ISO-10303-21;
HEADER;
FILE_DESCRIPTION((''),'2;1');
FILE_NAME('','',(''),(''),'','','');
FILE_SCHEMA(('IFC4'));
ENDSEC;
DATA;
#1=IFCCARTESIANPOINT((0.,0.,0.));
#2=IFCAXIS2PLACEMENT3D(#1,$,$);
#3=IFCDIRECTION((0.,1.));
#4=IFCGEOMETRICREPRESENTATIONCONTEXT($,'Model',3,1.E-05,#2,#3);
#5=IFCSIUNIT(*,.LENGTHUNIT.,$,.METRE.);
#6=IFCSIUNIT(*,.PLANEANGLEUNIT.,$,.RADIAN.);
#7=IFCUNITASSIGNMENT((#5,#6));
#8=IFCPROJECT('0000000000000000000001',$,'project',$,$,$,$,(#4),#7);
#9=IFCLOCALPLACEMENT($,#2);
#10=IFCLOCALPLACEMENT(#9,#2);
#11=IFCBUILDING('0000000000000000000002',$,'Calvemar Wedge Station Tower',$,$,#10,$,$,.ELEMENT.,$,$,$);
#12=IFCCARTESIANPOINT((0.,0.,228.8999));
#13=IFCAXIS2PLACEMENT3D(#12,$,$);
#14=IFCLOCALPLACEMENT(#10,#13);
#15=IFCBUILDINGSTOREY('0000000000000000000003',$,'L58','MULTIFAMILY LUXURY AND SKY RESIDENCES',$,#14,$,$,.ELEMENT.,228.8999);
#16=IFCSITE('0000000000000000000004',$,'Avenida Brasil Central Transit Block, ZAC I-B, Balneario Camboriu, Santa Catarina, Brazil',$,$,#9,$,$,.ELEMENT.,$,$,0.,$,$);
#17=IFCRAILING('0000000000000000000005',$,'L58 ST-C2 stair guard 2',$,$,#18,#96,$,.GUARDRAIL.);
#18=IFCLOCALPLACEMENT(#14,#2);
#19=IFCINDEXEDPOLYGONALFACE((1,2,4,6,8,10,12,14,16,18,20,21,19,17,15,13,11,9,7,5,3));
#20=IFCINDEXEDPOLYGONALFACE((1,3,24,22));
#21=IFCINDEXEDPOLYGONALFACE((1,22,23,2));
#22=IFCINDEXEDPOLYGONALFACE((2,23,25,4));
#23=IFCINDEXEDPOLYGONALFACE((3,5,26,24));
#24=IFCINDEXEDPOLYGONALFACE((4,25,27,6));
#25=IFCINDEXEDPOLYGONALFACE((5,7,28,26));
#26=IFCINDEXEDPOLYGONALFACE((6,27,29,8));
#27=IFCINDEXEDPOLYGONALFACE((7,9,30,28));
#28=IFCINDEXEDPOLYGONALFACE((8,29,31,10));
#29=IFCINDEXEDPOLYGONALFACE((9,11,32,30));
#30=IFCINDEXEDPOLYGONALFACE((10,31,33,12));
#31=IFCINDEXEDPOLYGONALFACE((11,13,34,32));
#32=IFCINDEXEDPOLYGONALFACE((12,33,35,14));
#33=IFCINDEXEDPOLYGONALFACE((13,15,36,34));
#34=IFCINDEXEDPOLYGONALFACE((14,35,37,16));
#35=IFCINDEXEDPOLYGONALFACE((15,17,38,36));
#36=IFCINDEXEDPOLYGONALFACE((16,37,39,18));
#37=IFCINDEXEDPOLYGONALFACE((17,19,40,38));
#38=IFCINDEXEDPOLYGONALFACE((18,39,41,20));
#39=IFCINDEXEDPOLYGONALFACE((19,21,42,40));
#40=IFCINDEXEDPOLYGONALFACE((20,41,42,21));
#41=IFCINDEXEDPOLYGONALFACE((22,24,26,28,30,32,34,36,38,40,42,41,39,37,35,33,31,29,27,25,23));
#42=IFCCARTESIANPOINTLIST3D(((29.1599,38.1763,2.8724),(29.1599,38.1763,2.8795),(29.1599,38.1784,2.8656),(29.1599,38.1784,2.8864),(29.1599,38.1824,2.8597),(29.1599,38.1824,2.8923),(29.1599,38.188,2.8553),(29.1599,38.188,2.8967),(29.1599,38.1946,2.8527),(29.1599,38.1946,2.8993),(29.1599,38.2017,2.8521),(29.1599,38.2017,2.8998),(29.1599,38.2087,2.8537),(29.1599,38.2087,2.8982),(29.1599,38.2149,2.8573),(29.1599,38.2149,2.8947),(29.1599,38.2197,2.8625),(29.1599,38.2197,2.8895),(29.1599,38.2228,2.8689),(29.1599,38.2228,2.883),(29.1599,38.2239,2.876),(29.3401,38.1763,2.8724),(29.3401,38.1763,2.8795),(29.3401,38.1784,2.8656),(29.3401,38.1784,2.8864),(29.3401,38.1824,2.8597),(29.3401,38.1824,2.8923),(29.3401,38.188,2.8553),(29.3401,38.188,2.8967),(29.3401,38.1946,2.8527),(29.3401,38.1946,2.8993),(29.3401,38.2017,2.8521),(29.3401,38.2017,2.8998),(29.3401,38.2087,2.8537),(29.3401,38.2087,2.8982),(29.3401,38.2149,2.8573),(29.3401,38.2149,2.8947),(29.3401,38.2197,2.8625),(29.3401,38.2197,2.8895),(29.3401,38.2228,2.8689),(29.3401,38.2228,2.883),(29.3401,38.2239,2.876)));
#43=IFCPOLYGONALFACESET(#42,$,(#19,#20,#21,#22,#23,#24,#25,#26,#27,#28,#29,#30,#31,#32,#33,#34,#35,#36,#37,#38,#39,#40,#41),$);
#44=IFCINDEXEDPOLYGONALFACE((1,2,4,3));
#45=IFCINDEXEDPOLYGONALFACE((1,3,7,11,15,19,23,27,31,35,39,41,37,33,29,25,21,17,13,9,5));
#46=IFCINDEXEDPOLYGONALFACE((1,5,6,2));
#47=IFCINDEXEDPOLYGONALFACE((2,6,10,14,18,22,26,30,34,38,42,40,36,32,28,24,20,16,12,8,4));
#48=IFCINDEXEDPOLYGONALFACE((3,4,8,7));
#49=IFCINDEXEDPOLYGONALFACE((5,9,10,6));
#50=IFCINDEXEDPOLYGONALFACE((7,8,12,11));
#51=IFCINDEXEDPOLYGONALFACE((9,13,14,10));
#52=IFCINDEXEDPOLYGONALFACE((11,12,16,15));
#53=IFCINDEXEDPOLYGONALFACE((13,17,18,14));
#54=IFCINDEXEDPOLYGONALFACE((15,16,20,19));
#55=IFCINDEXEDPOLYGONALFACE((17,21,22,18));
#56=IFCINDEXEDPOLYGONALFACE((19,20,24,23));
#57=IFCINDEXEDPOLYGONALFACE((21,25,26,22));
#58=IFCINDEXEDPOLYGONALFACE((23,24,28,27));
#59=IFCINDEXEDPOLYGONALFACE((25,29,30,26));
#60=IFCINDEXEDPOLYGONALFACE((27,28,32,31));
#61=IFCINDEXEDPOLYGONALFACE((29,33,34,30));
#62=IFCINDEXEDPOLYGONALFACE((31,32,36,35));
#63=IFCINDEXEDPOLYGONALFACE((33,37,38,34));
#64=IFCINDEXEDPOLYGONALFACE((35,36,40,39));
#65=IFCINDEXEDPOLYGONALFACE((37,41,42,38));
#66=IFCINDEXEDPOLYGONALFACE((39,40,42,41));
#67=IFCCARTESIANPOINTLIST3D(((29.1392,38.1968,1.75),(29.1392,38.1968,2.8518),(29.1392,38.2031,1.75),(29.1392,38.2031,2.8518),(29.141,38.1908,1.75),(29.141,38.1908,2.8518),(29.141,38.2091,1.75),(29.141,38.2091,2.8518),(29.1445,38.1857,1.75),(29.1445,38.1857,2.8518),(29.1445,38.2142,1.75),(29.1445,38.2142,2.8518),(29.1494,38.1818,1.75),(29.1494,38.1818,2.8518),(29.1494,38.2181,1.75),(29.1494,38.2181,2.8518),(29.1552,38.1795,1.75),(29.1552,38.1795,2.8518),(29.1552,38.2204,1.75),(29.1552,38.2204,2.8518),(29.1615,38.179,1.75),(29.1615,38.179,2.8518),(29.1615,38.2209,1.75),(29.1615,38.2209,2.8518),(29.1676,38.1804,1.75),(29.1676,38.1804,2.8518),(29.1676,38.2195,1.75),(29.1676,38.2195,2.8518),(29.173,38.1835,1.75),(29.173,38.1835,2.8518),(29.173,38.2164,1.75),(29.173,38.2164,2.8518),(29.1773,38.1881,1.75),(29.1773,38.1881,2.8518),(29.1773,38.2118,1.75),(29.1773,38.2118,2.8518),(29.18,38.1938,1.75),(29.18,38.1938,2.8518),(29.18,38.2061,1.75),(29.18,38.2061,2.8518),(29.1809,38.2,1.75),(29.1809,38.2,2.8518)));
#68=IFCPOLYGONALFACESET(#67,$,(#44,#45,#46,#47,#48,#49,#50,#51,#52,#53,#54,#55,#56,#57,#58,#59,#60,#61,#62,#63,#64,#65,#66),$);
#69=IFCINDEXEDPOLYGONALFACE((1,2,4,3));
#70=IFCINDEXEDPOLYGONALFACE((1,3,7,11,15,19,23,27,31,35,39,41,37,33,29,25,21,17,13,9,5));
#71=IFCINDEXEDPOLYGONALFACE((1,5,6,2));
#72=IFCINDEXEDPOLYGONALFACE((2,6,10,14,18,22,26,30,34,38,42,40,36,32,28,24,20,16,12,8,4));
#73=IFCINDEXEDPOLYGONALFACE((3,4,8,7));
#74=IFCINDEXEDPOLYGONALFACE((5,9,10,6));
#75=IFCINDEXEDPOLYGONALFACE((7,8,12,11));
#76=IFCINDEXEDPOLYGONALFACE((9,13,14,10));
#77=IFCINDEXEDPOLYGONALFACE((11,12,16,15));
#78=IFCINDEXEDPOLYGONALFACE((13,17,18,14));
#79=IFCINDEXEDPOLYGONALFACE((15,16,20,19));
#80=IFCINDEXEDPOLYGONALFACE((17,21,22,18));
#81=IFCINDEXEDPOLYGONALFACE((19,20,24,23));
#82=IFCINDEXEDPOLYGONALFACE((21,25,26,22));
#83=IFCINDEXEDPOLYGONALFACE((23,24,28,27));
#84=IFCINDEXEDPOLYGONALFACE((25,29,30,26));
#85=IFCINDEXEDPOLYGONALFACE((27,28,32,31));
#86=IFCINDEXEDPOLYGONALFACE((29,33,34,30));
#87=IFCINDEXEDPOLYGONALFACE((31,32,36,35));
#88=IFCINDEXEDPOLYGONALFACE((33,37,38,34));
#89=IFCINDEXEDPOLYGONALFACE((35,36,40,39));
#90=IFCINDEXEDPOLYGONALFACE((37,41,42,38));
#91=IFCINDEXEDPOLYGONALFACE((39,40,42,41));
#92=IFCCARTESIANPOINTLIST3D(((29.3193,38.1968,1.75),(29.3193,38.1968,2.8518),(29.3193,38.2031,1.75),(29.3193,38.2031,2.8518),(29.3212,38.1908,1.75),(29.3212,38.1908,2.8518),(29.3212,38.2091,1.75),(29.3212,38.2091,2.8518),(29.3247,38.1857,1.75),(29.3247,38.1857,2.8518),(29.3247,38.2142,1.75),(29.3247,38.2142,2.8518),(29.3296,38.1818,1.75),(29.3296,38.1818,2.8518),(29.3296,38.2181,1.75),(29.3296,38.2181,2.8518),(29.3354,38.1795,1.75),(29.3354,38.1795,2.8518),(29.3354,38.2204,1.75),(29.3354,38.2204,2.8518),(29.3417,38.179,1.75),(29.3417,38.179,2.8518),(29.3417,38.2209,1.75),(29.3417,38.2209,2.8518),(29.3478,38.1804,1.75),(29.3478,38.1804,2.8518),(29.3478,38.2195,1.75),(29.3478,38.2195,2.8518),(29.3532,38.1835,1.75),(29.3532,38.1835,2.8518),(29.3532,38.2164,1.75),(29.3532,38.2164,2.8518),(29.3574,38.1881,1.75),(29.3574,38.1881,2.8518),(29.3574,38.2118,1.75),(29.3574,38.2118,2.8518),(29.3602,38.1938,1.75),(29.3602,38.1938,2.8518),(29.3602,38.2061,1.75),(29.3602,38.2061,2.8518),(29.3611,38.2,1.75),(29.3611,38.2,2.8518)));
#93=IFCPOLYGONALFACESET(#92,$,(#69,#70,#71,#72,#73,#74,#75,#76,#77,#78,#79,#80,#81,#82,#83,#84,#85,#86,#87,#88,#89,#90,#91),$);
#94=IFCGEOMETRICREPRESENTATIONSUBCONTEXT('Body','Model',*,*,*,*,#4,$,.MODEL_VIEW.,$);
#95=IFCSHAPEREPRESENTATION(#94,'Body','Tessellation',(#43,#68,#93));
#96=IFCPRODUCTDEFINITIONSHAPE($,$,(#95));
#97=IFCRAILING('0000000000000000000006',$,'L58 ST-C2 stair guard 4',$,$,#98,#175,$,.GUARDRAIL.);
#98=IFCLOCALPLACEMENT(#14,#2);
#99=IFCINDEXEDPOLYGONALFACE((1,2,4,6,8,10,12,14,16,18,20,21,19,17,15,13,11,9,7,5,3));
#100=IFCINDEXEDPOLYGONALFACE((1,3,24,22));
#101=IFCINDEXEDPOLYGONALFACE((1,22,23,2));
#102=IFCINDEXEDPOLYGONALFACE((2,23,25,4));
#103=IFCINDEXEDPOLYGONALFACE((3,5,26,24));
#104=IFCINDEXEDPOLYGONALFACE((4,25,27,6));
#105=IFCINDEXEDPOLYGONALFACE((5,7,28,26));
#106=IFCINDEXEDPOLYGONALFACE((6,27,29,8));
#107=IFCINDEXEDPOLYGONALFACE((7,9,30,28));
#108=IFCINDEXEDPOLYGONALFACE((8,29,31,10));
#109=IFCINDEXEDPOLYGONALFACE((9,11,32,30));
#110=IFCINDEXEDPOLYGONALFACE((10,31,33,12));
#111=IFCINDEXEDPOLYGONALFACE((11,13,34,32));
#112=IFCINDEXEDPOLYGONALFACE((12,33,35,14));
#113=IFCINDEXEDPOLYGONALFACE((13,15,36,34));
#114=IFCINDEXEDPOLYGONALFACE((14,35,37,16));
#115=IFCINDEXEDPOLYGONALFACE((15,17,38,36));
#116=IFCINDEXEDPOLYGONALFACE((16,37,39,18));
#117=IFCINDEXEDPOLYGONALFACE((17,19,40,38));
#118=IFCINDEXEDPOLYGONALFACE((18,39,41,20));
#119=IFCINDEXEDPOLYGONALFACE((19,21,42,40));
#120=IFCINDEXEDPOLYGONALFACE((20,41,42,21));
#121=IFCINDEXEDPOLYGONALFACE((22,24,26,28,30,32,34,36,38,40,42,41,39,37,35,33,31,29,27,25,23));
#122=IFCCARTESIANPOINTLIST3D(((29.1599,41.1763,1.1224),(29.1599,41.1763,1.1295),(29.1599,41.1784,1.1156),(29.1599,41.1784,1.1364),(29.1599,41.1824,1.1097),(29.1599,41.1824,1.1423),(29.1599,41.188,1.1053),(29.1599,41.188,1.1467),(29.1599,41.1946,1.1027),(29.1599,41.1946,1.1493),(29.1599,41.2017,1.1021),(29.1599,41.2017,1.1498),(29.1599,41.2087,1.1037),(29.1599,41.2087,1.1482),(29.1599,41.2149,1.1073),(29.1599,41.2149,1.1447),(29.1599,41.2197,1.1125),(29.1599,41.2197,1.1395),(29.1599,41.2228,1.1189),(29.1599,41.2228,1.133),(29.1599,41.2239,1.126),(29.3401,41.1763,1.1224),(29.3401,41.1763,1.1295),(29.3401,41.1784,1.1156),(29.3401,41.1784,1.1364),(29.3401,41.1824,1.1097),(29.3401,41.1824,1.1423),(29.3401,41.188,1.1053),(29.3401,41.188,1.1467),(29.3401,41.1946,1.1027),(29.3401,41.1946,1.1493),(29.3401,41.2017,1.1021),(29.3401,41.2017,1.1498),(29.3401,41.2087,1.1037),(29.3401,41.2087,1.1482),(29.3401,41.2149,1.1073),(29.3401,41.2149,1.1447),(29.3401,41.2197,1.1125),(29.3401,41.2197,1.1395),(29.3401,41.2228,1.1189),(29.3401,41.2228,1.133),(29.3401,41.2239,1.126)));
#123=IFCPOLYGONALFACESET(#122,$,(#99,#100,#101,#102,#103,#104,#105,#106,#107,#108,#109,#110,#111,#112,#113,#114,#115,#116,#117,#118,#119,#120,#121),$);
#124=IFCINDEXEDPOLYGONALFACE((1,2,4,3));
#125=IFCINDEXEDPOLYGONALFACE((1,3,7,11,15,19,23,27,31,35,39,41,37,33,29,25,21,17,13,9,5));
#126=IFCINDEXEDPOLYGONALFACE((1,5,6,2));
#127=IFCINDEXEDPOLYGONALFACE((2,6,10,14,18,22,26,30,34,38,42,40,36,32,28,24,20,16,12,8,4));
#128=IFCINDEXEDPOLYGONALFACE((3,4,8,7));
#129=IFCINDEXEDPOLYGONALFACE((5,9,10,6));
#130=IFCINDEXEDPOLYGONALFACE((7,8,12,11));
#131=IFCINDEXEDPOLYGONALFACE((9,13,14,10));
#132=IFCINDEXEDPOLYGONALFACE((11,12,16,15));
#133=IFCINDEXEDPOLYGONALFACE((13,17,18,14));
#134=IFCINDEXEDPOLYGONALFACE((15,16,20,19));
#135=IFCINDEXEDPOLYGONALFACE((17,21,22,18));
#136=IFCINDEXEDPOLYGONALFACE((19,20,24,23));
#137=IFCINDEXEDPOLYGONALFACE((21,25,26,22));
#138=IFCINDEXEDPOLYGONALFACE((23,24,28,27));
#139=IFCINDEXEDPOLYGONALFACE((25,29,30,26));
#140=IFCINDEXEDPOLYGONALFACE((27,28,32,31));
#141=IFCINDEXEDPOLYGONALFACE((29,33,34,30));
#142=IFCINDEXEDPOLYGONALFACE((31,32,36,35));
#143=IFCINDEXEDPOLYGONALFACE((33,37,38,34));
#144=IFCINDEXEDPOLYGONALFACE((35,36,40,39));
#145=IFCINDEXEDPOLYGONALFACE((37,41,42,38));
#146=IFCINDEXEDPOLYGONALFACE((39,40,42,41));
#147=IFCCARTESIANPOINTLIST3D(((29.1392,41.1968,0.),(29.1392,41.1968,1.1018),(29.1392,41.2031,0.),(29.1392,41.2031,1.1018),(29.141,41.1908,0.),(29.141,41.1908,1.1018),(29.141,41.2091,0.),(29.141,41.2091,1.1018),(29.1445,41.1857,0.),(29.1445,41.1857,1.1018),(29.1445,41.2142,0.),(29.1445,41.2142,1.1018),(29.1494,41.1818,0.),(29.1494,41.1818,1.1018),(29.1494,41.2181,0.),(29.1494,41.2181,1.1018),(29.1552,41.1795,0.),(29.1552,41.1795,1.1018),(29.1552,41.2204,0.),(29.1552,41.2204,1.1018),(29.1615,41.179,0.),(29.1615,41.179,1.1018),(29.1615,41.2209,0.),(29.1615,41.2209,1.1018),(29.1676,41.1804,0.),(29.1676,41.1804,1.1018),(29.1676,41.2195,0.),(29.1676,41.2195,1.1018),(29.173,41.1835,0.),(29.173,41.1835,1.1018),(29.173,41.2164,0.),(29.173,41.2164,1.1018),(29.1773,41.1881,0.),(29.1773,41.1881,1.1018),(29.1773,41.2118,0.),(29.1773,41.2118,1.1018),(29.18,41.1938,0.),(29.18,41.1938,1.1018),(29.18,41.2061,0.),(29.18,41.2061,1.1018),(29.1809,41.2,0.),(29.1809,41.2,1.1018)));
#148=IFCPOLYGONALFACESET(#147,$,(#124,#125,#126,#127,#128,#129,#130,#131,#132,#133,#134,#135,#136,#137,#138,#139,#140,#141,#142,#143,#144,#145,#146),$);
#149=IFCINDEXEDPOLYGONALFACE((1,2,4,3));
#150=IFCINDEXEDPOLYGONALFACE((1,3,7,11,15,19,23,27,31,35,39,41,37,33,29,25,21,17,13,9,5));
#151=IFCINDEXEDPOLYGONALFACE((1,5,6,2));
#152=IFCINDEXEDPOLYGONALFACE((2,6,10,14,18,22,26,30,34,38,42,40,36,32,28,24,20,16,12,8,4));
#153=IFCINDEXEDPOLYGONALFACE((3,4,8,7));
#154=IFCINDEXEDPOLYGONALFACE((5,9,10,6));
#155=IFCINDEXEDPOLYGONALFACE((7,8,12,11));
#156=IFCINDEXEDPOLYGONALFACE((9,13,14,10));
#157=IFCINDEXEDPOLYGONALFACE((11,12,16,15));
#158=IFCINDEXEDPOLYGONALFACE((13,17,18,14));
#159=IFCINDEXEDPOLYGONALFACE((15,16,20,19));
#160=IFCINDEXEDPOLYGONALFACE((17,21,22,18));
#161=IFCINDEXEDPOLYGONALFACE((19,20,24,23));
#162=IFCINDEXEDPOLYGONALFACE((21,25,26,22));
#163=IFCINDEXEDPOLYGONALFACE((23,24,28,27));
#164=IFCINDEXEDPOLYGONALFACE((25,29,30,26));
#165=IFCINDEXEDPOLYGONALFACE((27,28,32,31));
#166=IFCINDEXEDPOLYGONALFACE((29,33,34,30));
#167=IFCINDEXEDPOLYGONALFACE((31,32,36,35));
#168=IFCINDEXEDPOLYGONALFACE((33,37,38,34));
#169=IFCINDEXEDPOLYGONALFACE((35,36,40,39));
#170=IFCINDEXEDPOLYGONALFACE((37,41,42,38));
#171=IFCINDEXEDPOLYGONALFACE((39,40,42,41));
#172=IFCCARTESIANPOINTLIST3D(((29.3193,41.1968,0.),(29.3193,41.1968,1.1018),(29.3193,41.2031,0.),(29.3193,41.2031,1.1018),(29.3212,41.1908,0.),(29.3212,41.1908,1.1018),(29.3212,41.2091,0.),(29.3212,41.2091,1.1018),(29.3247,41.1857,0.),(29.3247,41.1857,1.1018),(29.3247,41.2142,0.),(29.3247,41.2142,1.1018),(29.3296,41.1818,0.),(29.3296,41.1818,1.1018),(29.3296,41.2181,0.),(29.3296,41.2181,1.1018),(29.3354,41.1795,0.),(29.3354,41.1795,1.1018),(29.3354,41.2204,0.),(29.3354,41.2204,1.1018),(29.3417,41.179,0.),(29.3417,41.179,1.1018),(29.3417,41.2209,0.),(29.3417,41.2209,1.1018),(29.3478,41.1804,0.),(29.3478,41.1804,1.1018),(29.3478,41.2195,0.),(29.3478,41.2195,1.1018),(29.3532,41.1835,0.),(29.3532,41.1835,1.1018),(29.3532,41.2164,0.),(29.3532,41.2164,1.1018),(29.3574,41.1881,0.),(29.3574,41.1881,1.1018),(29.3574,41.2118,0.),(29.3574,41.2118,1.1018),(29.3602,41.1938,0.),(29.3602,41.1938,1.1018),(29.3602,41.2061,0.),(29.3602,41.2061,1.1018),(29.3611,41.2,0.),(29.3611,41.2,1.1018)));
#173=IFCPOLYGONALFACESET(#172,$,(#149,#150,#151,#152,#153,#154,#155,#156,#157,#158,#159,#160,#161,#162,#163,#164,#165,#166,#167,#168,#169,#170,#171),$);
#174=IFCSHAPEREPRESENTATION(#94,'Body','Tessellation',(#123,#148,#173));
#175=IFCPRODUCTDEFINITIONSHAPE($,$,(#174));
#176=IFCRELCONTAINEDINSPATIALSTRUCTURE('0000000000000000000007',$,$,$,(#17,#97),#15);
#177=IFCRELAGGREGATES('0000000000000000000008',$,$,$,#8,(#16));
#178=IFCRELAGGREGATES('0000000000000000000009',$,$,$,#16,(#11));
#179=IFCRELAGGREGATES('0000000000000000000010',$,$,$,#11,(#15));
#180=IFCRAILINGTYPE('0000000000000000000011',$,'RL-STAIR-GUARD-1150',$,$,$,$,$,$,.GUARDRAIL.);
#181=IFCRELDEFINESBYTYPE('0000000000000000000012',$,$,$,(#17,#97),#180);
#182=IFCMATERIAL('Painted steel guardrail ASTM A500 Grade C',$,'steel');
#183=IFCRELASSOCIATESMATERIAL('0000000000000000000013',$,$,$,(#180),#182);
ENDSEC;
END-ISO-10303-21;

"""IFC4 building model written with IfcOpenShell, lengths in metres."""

from ifc_helpers import new_model, si_unit, direction, frame, origin, origin_2d, place, context, subcontext, project, spatial, circle, extrude, material, type_object, element, save


model = new_model("IFC4")

# Units and contexts
model_context = context("Model", 3, precision=1e-05, world=origin(), true_north=direction((0.0, 1.0)))
body_context = subcontext(model_context, "Body", "Model", "MODEL_VIEW")
ifc_project = project(units=[si_unit("LENGTHUNIT", "METRE"), si_unit("PLANEANGLEUNIT", "RADIAN")], contexts=[model_context])

# Site, building, storey
site_placement = place(None, origin())
site = spatial("IfcSite", under=ifc_project, at=site_placement, Name="Avenida Brasil Central Transit Block, ZAC I-B, Balneario Camboriu, Santa Catarina, Brazil", CompositionType="ELEMENT", RefElevation=0.0)
building_placement = place(site_placement, origin())
building = spatial("IfcBuilding", under=site, at=building_placement, Name="Calvemar Wedge Station Tower", CompositionType="ELEMENT")
storey_placement = place(building_placement, frame((0.0, 0.0, 228.8999)))
storey = spatial("IfcBuildingStorey", under=building, at=storey_placement, Name="L58", Description="MULTIFAMILY LUXURY AND SKY RESIDENCES", CompositionType="ELEMENT", Elevation=228.8999)

# Railings
ifc_material_1 = material(Name="Painted steel guardrail ASTM A500 Grade C", Category="steel")
railing_type_1 = type_object("IfcRailingType", Name="RL-STAIR-GUARD-1150", PredefinedType="GUARDRAIL", material=ifc_material_1)
for number, where, name in (
    (1, (29.1599, 38.2, 1.75), "L58 ST-C2 stair guard 2"),
    (2, (29.1599, 41.2, 0.0), "L58 ST-C2 stair guard 4"),
):
    element("IfcRailing", number, at=place(storey_placement, frame(where)), inside=storey, type_object=railing_type_1, Name=name, PredefinedType="GUARDRAIL", context=body_context, shape_type="SweptSolid", body=[
        extrude(circle(Radius=0.0239, at=origin_2d()), frame((0.0, 0.0, 1.126), z_axis=(1.0, 0.0, 0.0), x_axis=(0.0, 1.0, 0.0)), (0.0, 0.0, 1.0), 0.1802),
        extrude(circle(Radius=0.021, at=origin_2d()), origin(), (0.0, 0.0, 1.0), 1.1018),
        extrude(circle(Radius=0.021, at=origin_2d()), frame((0.1802, 0.0, 0.0)), (0.0, 0.0, 1.0), 1.1018),
    ])

save(model, "model.ifc")
